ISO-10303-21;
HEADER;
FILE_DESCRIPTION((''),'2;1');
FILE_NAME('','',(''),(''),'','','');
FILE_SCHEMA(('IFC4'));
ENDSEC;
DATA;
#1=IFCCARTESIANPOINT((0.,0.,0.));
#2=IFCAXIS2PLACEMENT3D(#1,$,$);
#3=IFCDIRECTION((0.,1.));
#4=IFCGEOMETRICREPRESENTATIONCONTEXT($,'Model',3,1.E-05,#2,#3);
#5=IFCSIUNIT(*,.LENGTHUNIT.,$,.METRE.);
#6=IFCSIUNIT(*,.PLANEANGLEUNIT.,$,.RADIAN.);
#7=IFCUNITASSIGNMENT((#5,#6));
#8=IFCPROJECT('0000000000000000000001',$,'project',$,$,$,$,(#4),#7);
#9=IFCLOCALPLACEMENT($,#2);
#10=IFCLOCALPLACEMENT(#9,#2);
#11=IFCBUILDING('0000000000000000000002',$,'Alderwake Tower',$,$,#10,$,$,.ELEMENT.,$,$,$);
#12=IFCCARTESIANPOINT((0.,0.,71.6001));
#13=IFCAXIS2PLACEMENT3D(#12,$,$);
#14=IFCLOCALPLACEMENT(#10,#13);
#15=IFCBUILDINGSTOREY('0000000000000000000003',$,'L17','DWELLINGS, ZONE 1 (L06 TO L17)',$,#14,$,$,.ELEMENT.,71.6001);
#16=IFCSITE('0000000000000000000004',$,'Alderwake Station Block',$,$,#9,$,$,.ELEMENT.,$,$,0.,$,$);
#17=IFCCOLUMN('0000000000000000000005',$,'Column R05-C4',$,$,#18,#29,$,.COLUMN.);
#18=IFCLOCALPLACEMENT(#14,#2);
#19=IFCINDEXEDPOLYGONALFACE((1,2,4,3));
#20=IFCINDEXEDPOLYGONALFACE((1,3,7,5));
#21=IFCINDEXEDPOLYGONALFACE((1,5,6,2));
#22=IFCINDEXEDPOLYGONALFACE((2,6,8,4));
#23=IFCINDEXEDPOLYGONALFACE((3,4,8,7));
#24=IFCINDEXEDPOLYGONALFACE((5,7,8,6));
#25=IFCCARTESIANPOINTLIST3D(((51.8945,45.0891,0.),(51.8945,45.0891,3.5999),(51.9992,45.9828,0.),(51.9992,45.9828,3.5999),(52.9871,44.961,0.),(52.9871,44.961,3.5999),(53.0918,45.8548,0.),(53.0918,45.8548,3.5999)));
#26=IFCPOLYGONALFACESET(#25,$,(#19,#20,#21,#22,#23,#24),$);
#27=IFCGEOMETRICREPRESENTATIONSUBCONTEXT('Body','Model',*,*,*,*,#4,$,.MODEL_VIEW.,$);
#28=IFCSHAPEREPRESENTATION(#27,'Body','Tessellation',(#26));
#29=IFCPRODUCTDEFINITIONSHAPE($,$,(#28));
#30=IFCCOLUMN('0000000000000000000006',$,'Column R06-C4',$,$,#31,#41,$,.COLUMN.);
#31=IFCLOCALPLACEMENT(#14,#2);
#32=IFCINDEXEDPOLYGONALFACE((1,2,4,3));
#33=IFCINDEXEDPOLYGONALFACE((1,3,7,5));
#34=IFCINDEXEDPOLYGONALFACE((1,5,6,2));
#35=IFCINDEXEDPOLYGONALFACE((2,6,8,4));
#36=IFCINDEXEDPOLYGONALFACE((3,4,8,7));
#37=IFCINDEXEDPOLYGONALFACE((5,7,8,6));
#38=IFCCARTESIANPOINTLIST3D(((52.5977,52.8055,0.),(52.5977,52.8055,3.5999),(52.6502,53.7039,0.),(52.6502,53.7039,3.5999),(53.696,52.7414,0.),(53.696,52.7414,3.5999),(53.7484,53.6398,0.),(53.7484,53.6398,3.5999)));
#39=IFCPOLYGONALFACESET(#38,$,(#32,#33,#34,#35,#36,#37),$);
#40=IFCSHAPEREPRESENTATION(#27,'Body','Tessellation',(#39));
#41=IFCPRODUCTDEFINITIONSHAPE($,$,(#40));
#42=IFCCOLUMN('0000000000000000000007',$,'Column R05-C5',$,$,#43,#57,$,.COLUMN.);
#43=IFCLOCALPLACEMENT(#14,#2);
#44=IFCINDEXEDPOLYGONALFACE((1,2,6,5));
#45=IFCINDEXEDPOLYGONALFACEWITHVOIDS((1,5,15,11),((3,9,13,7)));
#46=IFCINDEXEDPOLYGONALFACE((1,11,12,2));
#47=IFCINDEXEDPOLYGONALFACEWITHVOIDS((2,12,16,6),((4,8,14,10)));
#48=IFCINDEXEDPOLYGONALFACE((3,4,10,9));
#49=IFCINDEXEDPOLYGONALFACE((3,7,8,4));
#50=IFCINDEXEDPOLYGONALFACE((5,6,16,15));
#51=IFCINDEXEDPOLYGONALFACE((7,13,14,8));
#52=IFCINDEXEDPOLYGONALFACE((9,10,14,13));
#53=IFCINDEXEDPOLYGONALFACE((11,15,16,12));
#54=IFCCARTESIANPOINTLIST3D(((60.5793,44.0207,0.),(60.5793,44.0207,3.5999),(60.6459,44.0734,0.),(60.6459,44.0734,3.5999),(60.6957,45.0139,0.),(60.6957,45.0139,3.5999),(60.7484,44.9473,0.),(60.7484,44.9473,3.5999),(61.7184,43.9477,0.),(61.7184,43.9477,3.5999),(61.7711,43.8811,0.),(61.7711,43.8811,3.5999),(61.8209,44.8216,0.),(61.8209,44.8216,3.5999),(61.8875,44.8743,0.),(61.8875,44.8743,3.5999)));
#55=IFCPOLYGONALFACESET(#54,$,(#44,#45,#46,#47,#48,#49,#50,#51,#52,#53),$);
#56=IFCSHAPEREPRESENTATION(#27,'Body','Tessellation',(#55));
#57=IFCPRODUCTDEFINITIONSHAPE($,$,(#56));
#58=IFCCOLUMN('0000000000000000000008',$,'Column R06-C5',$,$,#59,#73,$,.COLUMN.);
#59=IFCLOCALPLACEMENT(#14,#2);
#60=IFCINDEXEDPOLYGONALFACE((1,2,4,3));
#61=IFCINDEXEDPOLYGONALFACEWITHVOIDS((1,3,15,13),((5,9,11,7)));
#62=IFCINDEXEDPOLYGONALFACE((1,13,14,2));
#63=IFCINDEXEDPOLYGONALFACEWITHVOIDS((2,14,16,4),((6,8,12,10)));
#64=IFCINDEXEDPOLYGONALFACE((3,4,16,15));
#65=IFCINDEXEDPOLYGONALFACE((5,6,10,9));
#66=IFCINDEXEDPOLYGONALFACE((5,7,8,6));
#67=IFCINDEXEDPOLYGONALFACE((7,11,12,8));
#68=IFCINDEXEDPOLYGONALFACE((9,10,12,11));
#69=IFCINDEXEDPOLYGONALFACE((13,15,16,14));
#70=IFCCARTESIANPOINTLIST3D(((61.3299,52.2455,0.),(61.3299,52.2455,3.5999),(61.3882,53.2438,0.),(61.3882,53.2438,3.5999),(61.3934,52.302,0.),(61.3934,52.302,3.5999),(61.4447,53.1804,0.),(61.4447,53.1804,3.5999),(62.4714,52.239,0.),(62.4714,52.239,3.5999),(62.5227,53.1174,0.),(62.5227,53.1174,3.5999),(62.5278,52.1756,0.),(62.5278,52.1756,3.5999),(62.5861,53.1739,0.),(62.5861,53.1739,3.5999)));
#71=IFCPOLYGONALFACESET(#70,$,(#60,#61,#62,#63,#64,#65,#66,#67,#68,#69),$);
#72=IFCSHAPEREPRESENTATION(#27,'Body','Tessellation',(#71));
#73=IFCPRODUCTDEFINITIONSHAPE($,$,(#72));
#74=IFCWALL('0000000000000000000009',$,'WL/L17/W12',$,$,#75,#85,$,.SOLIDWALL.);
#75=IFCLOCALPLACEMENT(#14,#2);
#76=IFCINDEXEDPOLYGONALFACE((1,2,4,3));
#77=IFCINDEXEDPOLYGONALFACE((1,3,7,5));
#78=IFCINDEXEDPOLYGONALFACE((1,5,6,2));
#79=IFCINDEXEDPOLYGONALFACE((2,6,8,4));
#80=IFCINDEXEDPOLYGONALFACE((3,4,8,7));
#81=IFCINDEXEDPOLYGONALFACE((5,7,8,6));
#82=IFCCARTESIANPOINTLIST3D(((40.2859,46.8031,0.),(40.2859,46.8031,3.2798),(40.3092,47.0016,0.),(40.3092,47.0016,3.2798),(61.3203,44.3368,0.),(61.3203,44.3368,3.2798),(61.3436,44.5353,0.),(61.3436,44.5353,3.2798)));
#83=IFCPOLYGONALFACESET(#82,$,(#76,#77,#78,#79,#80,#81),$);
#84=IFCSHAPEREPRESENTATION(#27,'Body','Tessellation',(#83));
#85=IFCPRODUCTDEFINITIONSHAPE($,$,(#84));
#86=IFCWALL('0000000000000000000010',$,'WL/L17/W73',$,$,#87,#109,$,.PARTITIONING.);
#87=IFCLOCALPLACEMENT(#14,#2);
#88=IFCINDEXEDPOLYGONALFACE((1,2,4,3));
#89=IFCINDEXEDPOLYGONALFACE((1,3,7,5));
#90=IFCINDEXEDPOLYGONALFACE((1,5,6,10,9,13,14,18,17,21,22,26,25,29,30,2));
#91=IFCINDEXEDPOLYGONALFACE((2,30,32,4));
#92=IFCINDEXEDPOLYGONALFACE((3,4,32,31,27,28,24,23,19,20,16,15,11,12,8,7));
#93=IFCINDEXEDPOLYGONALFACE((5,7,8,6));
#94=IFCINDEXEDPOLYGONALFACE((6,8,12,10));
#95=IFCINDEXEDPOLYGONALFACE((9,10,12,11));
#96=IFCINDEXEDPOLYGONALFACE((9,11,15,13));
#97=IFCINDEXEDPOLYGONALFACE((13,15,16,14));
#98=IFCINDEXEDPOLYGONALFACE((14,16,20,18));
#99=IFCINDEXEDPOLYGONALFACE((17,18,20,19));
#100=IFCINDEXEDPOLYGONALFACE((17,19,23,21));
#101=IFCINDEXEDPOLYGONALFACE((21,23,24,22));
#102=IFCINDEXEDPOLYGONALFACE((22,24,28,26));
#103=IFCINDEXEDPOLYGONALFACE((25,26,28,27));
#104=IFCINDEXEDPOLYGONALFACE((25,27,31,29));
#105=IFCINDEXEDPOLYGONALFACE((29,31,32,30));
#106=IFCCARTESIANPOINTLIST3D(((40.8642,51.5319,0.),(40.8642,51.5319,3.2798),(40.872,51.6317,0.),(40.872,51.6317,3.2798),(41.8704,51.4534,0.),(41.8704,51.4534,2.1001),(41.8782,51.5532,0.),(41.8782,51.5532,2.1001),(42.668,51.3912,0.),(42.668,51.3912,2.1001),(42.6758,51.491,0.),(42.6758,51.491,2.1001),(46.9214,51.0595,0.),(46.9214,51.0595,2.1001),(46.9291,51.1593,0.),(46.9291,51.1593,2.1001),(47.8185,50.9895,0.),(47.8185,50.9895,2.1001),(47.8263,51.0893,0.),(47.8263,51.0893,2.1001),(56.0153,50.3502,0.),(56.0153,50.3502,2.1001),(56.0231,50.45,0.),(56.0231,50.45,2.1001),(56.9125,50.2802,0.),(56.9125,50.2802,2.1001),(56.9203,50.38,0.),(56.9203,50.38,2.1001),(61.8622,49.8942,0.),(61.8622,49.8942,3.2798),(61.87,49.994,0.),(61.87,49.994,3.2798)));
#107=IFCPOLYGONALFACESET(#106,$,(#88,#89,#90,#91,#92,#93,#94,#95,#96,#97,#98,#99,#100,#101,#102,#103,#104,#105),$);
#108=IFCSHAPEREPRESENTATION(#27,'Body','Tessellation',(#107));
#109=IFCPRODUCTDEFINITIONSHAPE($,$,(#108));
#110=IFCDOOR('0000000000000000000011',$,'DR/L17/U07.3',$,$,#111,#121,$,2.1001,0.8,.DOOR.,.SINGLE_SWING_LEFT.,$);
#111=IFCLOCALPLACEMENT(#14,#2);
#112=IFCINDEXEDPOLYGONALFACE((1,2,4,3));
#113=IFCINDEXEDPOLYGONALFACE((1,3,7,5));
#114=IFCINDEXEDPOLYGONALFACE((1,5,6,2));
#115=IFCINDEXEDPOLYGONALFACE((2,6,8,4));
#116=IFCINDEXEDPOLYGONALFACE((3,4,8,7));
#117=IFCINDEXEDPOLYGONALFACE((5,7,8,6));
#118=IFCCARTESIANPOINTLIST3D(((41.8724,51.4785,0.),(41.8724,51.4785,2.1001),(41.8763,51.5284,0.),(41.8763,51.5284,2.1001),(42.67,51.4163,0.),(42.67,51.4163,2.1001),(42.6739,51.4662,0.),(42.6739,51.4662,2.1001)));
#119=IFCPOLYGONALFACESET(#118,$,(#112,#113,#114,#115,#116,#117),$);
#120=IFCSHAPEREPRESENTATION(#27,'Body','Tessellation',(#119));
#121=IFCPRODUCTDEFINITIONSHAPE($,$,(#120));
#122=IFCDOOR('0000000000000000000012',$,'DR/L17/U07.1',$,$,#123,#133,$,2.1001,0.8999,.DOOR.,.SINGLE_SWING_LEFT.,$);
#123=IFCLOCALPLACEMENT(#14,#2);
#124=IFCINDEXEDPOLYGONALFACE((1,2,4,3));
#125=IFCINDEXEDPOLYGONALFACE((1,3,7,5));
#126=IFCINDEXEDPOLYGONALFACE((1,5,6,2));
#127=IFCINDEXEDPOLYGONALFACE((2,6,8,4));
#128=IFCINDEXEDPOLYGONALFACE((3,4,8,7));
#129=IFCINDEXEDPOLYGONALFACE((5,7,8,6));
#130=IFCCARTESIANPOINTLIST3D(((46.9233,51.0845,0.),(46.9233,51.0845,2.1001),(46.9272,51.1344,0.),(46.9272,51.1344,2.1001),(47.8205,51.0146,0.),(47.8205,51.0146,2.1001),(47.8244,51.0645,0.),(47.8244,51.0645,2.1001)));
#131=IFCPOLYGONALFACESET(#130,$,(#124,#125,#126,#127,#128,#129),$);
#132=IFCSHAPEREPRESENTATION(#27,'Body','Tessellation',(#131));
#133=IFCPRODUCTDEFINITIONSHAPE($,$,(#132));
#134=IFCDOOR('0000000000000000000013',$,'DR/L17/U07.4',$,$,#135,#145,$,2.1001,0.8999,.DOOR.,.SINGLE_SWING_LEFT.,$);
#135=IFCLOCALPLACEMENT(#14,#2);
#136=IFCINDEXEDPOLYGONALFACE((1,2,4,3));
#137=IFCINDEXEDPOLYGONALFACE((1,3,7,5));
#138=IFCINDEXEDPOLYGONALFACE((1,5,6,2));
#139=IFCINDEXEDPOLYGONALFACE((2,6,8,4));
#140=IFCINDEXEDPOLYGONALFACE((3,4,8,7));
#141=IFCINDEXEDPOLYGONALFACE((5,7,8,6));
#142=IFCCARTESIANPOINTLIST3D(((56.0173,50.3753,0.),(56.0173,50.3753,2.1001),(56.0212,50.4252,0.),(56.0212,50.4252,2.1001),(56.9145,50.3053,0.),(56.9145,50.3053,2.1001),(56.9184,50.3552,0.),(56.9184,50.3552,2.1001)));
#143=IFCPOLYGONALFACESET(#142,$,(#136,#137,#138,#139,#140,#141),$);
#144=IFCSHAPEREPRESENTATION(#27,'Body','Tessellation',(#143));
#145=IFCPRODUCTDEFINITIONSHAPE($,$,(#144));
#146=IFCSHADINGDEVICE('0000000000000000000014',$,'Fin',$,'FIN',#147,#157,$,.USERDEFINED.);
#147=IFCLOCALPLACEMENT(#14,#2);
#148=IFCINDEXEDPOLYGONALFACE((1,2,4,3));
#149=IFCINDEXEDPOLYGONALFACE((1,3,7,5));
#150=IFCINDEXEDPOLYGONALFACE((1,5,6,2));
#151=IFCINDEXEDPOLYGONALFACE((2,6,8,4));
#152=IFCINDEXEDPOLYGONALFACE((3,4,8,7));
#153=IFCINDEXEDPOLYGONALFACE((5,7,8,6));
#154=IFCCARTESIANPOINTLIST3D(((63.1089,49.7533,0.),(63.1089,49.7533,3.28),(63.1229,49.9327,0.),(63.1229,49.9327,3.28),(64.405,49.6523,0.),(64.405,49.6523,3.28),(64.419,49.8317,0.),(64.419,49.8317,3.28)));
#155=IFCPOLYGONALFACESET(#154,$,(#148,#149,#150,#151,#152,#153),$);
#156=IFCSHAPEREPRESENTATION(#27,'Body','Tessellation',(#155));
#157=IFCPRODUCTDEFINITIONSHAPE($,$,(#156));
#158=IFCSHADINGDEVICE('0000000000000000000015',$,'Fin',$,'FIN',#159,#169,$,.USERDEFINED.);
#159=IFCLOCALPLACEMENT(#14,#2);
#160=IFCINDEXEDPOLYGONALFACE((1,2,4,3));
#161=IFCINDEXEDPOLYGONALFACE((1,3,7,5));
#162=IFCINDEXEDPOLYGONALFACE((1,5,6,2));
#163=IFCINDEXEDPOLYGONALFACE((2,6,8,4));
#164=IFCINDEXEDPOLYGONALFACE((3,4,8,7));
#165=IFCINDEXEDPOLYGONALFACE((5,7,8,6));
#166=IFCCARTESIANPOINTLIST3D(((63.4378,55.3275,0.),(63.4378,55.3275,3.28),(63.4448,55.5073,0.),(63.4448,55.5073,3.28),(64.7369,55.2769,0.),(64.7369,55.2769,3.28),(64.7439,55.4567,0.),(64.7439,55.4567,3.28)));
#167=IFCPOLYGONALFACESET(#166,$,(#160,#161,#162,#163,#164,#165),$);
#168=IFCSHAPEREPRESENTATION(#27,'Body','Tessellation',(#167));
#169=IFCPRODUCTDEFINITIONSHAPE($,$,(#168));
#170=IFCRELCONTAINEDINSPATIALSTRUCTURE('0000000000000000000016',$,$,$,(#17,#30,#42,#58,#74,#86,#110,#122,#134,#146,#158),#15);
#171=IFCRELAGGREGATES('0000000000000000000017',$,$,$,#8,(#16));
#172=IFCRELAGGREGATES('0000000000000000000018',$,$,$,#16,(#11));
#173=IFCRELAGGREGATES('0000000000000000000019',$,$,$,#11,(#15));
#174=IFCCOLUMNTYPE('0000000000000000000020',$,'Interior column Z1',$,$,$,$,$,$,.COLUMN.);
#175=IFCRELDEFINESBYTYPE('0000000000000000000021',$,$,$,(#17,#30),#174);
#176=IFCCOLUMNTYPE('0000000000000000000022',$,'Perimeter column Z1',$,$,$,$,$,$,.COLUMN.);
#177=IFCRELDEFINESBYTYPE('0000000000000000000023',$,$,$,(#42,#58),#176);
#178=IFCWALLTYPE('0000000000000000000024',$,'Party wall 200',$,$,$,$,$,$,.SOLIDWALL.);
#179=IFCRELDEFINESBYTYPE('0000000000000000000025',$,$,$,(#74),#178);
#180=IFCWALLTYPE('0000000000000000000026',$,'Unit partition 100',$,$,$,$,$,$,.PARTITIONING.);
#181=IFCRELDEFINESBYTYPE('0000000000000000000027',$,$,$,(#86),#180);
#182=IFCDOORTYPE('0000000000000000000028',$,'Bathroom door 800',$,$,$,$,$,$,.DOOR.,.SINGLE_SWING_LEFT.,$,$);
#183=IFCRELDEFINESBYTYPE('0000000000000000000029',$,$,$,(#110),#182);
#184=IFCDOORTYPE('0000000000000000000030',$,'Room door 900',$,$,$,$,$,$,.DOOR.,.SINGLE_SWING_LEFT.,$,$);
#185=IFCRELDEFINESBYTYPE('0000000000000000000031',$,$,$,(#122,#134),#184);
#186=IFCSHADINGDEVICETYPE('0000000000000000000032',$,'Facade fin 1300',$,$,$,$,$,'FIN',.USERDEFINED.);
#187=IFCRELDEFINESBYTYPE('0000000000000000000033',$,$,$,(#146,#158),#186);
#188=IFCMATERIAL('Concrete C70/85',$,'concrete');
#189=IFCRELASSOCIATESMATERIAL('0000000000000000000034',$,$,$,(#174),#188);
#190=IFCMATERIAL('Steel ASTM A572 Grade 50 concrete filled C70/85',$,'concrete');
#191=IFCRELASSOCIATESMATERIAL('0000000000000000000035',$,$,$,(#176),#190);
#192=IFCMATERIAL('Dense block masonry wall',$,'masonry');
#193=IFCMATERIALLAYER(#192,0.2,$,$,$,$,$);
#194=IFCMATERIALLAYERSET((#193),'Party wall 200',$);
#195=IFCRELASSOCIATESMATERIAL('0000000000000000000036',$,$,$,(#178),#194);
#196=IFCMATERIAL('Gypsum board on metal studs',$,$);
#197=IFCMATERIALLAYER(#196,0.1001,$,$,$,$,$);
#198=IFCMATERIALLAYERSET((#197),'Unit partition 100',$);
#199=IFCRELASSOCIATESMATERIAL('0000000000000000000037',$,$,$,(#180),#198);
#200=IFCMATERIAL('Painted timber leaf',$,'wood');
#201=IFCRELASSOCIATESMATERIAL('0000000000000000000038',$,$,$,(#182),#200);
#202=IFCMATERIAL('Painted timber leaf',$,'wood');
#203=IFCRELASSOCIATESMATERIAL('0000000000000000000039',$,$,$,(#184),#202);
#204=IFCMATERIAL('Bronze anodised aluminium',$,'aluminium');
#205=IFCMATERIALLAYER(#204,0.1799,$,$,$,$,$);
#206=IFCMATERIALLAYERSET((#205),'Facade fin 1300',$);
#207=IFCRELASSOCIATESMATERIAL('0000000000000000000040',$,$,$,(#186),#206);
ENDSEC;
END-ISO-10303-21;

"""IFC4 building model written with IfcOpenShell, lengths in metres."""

from ifc_helpers import new_model, si_unit, direction, frame, frame_2d, origin, origin_2d, place, context, subcontext, project, spatial, rectangle, hollow_rectangle, extrude, material, layer, layer_set, material_profile, profile_set, type_object, element, fill, save


model = new_model("IFC4")

# Units and contexts
model_context = context("Model", 3, precision=1e-05, world=origin(), true_north=direction((0.0, 1.0)))
body_context = subcontext(model_context, "Body", "Model", "MODEL_VIEW")
ifc_project = project(units=[si_unit("LENGTHUNIT", "METRE"), si_unit("PLANEANGLEUNIT", "RADIAN")], contexts=[model_context])

# Site, building, storey
site_placement = place(None, origin())
site = spatial("IfcSite", under=ifc_project, at=site_placement, Name="Alderwake Station Block", CompositionType="ELEMENT", RefElevation=0.0)
building_placement = place(site_placement, origin())
building = spatial("IfcBuilding", under=site, at=building_placement, Name="Alderwake Tower", CompositionType="ELEMENT")
storey_placement = place(building_placement, frame((0.0, 0.0, 71.6001)))
storey = spatial("IfcBuildingStorey", under=building, at=storey_placement, Name="L17", Description="DWELLINGS, ZONE 1 (L06 TO L17)", CompositionType="ELEMENT", Elevation=71.6001)

# Columns
ifc_material_1 = material(Name="Concrete C70/85", Category="concrete")
ifc_material_profile_1 = material_profile(ifc_material_1, rectangle(XDim=0.8999, YDim=1.1001, at=origin_2d()), Name="RC 1100X900")
ifc_profile_set_1 = profile_set([ifc_material_profile_1], Name="Concrete C70/85")
column_type_1 = type_object("IfcColumnType", Name="Interior column Z1", PredefinedType="COLUMN", material=ifc_profile_set_1)
for number, where, z_axis, x_axis, name in (
    (1, (52.4932, 45.4719, 0.0), (0.0, 0.0, 1.0), (0.116402, 0.993202, 0.0), "Column R05-C4"),
    (2, (53.1731, 53.2227, 0.0), (0.0, 0.0, 1.0), (0.058301, 0.998299, 0.0), "Column R06-C4"),
):
    element("IfcColumn", number, at=place(storey_placement, frame(where, z_axis=z_axis, x_axis=x_axis)), inside=storey, type_object=column_type_1, Name=name, PredefinedType="COLUMN", context=body_context, shape_type="SweptSolid", body=[
        extrude(rectangle(XDim=0.8999, YDim=1.1001, at=origin_2d()), origin(), (0.0, 0.0, 1.0), 3.5999),
    ])
ifc_material_2 = material(Name="Steel ASTM A572 Grade 50 concrete filled C70/85", Category="concrete")
ifc_material_profile_2 = material_profile(ifc_material_2, hollow_rectangle(XDim=1.0, YDim=1.2, WallThickness=0.0601, at=origin_2d()), Name="BOX 1200X1000X60")
ifc_profile_set_2 = profile_set([ifc_material_profile_2], Name="Steel ASTM A572 Grade 50 concrete filled C70/85")
column_type_2 = type_object("IfcColumnType", Name="Perimeter column Z1", PredefinedType="COLUMN", material=ifc_profile_set_2)
for number, where, z_axis, x_axis, name in (
    (3, (61.2334, 44.4475, 0.0), (0.0, 0.0, 1.0), (0.116402, 0.993202, 0.0), "Column R05-C5"),
    (4, (61.958, 52.7097, 0.0), (0.0, 0.0, 1.0), (0.058301, 0.998299, 0.0), "Column R06-C5"),
):
    element("IfcColumn", number, at=place(storey_placement, frame(where, z_axis=z_axis, x_axis=x_axis)), inside=storey, type_object=column_type_2, Name=name, PredefinedType="COLUMN", context=body_context, shape_type="SweptSolid", body=[
        extrude(hollow_rectangle(XDim=1.0, YDim=1.2, WallThickness=0.0601, at=origin_2d()), origin(), (0.0, 0.0, 1.0), 3.5999),
    ])

# Wall
ifc_material_3 = material(Name="Dense block masonry wall", Category="masonry")
ifc_layer_1 = layer(ifc_material_3, 0.2)
ifc_layer_set_1 = layer_set([ifc_layer_1], Name="Party wall 200")
wall_type_1 = type_object("IfcWallType", Name="Party wall 200", PredefinedType="SOLIDWALL", material=ifc_layer_set_1)
wall_1_placement = place(storey_placement, frame((61.332, 44.436, 0.0), z_axis=(0.0, 0.0, 1.0), x_axis=(-0.993196, 0.116453, 0.0)))
element("IfcWall", 5, at=wall_1_placement, inside=storey, type_object=wall_type_1, Name="WL/L17/W12", PredefinedType="SOLIDWALL", context=body_context, shape_type="SweptSolid", body=[
    extrude(rectangle(XDim=21.1785, YDim=0.2, at=frame_2d((10.5894, 0.0))), origin(), (0.0, 0.0, 1.0), 3.2798),
])

# Wall, openings, doors
ifc_material_4 = material(Name="Gypsum board on metal studs")
ifc_layer_2 = layer(ifc_material_4, 0.1001)
ifc_layer_set_2 = layer_set([ifc_layer_2], Name="Unit partition 100")
wall_type_2 = type_object("IfcWallType", Name="Unit partition 100", PredefinedType="PARTITIONING", material=ifc_layer_set_2)
wall_2_placement = place(storey_placement, frame((61.866, 49.9441, 0.0), z_axis=(0.0, 0.0, 1.0), x_axis=(-0.996972, 0.077757, 0.0)))
wall_2 = element("IfcWall", 6, at=wall_2_placement, inside=storey, type_object=wall_type_2, Name="WL/L17/W73", PredefinedType="PARTITIONING", context=body_context, shape_type="SweptSolid", body=[
    extrude(rectangle(XDim=21.0618, YDim=0.1001, at=frame_2d((10.5308, 0.0))), origin(), (0.0, 0.0, 1.0), 3.2798),
])
opening_1_placement = place(wall_2_placement, frame((14.0862, 0.0, 0.0)))
opening_1 = element("IfcOpeningElement", 7, at=opening_1_placement, cuts=wall_2, PredefinedType="OPENING", context=body_context, shape_type="SweptSolid", body=[
    extrude(rectangle(XDim=0.8999, YDim=2.1001, at=frame_2d((0.45, 1.05))), frame((0.0, 0.0601, 0.0), z_axis=(0.0, -1.0, 0.0), x_axis=(1.0, 0.0, 0.0)), (0.0, 0.0, 1.0), 0.1201),
])
opening_2_placement = place(wall_2_placement, frame((19.2524, 0.0, 0.0)))
opening_2 = element("IfcOpeningElement", 8, at=opening_2_placement, cuts=wall_2, PredefinedType="OPENING", context=body_context, shape_type="SweptSolid", body=[
    extrude(rectangle(XDim=0.8, YDim=2.1001, at=frame_2d((0.3999, 1.05))), frame((0.0, 0.0601, 0.0), z_axis=(0.0, -1.0, 0.0), x_axis=(1.0, 0.0, 0.0)), (0.0, 0.0, 1.0), 0.1201),
])
opening_3_placement = place(wall_2_placement, frame((4.9646, 0.0, 0.0)))
opening_3 = element("IfcOpeningElement", 9, at=opening_3_placement, cuts=wall_2, PredefinedType="OPENING", context=body_context, shape_type="SweptSolid", body=[
    extrude(rectangle(XDim=0.8999, YDim=2.1001, at=frame_2d((0.45, 1.05))), frame((0.0, 0.0601, 0.0), z_axis=(0.0, -1.0, 0.0), x_axis=(1.0, 0.0, 0.0)), (0.0, 0.0, 1.0), 0.1201),
])
ifc_material_5 = material(Name="Painted timber leaf", Category="wood")
door_type_1 = type_object("IfcDoorType", Name="Bathroom door 800", OperationType="SINGLE_SWING_LEFT", PredefinedType="DOOR", material=ifc_material_5)
door_1_placement = place(opening_2_placement, origin())
door_1 = element("IfcDoor", 10, at=door_1_placement, inside=storey, type_object=door_type_1, Name="DR/L17/U07.3", OperationType="SINGLE_SWING_LEFT", OverallHeight=2.1001, OverallWidth=0.8, PredefinedType="DOOR", context=body_context, shape_type="SweptSolid", body=[
    extrude(rectangle(XDim=0.8, YDim=2.1001, at=frame_2d((0.3999, 1.05))), frame((0.0, 0.0249, 0.0), z_axis=(0.0, -1.0, 0.0), x_axis=(1.0, 0.0, 0.0)), (0.0, 0.0, 1.0), 0.05),
])
fill(opening_2, door_1)
ifc_material_6 = material(Name="Painted timber leaf", Category="wood")
door_type_2 = type_object("IfcDoorType", Name="Room door 900", OperationType="SINGLE_SWING_LEFT", PredefinedType="DOOR", material=ifc_material_6)
door_2_placement = place(opening_1_placement, origin())
door_2 = element("IfcDoor", 11, at=door_2_placement, inside=storey, type_object=door_type_2, Name="DR/L17/U07.1", OperationType="SINGLE_SWING_LEFT", OverallHeight=2.1001, OverallWidth=0.8999, PredefinedType="DOOR", context=body_context, shape_type="SweptSolid", body=[
    extrude(rectangle(XDim=0.8999, YDim=2.1001, at=frame_2d((0.45, 1.05))), frame((0.0, 0.0249, 0.0), z_axis=(0.0, -1.0, 0.0), x_axis=(1.0, 0.0, 0.0)), (0.0, 0.0, 1.0), 0.05),
])
fill(opening_1, door_2)
door_3_placement = place(opening_3_placement, origin())
door_3 = element("IfcDoor", 12, at=door_3_placement, inside=storey, type_object=door_type_2, Name="DR/L17/U07.4", OperationType="SINGLE_SWING_LEFT", OverallHeight=2.1001, OverallWidth=0.8999, PredefinedType="DOOR", context=body_context, shape_type="SweptSolid", body=[
    extrude(rectangle(XDim=0.8999, YDim=2.1001, at=frame_2d((0.45, 1.05))), frame((0.0, 0.0249, 0.0), z_axis=(0.0, -1.0, 0.0), x_axis=(1.0, 0.0, 0.0)), (0.0, 0.0, 1.0), 0.05),
])
fill(opening_3, door_3)

# Shading devices
ifc_material_7 = material(Name="Bronze anodised aluminium", Category="aluminium")
ifc_layer_3 = layer(ifc_material_7, 0.1799)
ifc_layer_set_3 = layer_set([ifc_layer_3], Name="Facade fin 1300")
shading_device_type_1 = type_object("IfcShadingDeviceType", Name="Facade fin 1300", ElementType="FIN", PredefinedType="USERDEFINED", material=ifc_layer_set_3)
for number, where, z_axis, x_axis, name in (
    (13, (63.7639, 49.7925, 0.0), (0.0, 0.0, 1.0), (0.996975, -0.077721, 0.0), "Fin"),
    (14, (64.0908, 55.3921, 0.0), (0.0, 0.0, 1.0), (0.999243, -0.03889, 0.0), "Fin"),
):
    element("IfcShadingDevice", number, at=place(storey_placement, frame(where, z_axis=z_axis, x_axis=x_axis)), inside=storey, type_object=shading_device_type_1, Name=name, ObjectType="FIN", PredefinedType="USERDEFINED", context=body_context, shape_type="SweptSolid", body=[
        extrude(rectangle(XDim=1.3, YDim=0.1799, at=origin_2d()), origin(), (0.0, 0.0, 1.0), 3.28),
    ])

save(model, "model.ifc")
